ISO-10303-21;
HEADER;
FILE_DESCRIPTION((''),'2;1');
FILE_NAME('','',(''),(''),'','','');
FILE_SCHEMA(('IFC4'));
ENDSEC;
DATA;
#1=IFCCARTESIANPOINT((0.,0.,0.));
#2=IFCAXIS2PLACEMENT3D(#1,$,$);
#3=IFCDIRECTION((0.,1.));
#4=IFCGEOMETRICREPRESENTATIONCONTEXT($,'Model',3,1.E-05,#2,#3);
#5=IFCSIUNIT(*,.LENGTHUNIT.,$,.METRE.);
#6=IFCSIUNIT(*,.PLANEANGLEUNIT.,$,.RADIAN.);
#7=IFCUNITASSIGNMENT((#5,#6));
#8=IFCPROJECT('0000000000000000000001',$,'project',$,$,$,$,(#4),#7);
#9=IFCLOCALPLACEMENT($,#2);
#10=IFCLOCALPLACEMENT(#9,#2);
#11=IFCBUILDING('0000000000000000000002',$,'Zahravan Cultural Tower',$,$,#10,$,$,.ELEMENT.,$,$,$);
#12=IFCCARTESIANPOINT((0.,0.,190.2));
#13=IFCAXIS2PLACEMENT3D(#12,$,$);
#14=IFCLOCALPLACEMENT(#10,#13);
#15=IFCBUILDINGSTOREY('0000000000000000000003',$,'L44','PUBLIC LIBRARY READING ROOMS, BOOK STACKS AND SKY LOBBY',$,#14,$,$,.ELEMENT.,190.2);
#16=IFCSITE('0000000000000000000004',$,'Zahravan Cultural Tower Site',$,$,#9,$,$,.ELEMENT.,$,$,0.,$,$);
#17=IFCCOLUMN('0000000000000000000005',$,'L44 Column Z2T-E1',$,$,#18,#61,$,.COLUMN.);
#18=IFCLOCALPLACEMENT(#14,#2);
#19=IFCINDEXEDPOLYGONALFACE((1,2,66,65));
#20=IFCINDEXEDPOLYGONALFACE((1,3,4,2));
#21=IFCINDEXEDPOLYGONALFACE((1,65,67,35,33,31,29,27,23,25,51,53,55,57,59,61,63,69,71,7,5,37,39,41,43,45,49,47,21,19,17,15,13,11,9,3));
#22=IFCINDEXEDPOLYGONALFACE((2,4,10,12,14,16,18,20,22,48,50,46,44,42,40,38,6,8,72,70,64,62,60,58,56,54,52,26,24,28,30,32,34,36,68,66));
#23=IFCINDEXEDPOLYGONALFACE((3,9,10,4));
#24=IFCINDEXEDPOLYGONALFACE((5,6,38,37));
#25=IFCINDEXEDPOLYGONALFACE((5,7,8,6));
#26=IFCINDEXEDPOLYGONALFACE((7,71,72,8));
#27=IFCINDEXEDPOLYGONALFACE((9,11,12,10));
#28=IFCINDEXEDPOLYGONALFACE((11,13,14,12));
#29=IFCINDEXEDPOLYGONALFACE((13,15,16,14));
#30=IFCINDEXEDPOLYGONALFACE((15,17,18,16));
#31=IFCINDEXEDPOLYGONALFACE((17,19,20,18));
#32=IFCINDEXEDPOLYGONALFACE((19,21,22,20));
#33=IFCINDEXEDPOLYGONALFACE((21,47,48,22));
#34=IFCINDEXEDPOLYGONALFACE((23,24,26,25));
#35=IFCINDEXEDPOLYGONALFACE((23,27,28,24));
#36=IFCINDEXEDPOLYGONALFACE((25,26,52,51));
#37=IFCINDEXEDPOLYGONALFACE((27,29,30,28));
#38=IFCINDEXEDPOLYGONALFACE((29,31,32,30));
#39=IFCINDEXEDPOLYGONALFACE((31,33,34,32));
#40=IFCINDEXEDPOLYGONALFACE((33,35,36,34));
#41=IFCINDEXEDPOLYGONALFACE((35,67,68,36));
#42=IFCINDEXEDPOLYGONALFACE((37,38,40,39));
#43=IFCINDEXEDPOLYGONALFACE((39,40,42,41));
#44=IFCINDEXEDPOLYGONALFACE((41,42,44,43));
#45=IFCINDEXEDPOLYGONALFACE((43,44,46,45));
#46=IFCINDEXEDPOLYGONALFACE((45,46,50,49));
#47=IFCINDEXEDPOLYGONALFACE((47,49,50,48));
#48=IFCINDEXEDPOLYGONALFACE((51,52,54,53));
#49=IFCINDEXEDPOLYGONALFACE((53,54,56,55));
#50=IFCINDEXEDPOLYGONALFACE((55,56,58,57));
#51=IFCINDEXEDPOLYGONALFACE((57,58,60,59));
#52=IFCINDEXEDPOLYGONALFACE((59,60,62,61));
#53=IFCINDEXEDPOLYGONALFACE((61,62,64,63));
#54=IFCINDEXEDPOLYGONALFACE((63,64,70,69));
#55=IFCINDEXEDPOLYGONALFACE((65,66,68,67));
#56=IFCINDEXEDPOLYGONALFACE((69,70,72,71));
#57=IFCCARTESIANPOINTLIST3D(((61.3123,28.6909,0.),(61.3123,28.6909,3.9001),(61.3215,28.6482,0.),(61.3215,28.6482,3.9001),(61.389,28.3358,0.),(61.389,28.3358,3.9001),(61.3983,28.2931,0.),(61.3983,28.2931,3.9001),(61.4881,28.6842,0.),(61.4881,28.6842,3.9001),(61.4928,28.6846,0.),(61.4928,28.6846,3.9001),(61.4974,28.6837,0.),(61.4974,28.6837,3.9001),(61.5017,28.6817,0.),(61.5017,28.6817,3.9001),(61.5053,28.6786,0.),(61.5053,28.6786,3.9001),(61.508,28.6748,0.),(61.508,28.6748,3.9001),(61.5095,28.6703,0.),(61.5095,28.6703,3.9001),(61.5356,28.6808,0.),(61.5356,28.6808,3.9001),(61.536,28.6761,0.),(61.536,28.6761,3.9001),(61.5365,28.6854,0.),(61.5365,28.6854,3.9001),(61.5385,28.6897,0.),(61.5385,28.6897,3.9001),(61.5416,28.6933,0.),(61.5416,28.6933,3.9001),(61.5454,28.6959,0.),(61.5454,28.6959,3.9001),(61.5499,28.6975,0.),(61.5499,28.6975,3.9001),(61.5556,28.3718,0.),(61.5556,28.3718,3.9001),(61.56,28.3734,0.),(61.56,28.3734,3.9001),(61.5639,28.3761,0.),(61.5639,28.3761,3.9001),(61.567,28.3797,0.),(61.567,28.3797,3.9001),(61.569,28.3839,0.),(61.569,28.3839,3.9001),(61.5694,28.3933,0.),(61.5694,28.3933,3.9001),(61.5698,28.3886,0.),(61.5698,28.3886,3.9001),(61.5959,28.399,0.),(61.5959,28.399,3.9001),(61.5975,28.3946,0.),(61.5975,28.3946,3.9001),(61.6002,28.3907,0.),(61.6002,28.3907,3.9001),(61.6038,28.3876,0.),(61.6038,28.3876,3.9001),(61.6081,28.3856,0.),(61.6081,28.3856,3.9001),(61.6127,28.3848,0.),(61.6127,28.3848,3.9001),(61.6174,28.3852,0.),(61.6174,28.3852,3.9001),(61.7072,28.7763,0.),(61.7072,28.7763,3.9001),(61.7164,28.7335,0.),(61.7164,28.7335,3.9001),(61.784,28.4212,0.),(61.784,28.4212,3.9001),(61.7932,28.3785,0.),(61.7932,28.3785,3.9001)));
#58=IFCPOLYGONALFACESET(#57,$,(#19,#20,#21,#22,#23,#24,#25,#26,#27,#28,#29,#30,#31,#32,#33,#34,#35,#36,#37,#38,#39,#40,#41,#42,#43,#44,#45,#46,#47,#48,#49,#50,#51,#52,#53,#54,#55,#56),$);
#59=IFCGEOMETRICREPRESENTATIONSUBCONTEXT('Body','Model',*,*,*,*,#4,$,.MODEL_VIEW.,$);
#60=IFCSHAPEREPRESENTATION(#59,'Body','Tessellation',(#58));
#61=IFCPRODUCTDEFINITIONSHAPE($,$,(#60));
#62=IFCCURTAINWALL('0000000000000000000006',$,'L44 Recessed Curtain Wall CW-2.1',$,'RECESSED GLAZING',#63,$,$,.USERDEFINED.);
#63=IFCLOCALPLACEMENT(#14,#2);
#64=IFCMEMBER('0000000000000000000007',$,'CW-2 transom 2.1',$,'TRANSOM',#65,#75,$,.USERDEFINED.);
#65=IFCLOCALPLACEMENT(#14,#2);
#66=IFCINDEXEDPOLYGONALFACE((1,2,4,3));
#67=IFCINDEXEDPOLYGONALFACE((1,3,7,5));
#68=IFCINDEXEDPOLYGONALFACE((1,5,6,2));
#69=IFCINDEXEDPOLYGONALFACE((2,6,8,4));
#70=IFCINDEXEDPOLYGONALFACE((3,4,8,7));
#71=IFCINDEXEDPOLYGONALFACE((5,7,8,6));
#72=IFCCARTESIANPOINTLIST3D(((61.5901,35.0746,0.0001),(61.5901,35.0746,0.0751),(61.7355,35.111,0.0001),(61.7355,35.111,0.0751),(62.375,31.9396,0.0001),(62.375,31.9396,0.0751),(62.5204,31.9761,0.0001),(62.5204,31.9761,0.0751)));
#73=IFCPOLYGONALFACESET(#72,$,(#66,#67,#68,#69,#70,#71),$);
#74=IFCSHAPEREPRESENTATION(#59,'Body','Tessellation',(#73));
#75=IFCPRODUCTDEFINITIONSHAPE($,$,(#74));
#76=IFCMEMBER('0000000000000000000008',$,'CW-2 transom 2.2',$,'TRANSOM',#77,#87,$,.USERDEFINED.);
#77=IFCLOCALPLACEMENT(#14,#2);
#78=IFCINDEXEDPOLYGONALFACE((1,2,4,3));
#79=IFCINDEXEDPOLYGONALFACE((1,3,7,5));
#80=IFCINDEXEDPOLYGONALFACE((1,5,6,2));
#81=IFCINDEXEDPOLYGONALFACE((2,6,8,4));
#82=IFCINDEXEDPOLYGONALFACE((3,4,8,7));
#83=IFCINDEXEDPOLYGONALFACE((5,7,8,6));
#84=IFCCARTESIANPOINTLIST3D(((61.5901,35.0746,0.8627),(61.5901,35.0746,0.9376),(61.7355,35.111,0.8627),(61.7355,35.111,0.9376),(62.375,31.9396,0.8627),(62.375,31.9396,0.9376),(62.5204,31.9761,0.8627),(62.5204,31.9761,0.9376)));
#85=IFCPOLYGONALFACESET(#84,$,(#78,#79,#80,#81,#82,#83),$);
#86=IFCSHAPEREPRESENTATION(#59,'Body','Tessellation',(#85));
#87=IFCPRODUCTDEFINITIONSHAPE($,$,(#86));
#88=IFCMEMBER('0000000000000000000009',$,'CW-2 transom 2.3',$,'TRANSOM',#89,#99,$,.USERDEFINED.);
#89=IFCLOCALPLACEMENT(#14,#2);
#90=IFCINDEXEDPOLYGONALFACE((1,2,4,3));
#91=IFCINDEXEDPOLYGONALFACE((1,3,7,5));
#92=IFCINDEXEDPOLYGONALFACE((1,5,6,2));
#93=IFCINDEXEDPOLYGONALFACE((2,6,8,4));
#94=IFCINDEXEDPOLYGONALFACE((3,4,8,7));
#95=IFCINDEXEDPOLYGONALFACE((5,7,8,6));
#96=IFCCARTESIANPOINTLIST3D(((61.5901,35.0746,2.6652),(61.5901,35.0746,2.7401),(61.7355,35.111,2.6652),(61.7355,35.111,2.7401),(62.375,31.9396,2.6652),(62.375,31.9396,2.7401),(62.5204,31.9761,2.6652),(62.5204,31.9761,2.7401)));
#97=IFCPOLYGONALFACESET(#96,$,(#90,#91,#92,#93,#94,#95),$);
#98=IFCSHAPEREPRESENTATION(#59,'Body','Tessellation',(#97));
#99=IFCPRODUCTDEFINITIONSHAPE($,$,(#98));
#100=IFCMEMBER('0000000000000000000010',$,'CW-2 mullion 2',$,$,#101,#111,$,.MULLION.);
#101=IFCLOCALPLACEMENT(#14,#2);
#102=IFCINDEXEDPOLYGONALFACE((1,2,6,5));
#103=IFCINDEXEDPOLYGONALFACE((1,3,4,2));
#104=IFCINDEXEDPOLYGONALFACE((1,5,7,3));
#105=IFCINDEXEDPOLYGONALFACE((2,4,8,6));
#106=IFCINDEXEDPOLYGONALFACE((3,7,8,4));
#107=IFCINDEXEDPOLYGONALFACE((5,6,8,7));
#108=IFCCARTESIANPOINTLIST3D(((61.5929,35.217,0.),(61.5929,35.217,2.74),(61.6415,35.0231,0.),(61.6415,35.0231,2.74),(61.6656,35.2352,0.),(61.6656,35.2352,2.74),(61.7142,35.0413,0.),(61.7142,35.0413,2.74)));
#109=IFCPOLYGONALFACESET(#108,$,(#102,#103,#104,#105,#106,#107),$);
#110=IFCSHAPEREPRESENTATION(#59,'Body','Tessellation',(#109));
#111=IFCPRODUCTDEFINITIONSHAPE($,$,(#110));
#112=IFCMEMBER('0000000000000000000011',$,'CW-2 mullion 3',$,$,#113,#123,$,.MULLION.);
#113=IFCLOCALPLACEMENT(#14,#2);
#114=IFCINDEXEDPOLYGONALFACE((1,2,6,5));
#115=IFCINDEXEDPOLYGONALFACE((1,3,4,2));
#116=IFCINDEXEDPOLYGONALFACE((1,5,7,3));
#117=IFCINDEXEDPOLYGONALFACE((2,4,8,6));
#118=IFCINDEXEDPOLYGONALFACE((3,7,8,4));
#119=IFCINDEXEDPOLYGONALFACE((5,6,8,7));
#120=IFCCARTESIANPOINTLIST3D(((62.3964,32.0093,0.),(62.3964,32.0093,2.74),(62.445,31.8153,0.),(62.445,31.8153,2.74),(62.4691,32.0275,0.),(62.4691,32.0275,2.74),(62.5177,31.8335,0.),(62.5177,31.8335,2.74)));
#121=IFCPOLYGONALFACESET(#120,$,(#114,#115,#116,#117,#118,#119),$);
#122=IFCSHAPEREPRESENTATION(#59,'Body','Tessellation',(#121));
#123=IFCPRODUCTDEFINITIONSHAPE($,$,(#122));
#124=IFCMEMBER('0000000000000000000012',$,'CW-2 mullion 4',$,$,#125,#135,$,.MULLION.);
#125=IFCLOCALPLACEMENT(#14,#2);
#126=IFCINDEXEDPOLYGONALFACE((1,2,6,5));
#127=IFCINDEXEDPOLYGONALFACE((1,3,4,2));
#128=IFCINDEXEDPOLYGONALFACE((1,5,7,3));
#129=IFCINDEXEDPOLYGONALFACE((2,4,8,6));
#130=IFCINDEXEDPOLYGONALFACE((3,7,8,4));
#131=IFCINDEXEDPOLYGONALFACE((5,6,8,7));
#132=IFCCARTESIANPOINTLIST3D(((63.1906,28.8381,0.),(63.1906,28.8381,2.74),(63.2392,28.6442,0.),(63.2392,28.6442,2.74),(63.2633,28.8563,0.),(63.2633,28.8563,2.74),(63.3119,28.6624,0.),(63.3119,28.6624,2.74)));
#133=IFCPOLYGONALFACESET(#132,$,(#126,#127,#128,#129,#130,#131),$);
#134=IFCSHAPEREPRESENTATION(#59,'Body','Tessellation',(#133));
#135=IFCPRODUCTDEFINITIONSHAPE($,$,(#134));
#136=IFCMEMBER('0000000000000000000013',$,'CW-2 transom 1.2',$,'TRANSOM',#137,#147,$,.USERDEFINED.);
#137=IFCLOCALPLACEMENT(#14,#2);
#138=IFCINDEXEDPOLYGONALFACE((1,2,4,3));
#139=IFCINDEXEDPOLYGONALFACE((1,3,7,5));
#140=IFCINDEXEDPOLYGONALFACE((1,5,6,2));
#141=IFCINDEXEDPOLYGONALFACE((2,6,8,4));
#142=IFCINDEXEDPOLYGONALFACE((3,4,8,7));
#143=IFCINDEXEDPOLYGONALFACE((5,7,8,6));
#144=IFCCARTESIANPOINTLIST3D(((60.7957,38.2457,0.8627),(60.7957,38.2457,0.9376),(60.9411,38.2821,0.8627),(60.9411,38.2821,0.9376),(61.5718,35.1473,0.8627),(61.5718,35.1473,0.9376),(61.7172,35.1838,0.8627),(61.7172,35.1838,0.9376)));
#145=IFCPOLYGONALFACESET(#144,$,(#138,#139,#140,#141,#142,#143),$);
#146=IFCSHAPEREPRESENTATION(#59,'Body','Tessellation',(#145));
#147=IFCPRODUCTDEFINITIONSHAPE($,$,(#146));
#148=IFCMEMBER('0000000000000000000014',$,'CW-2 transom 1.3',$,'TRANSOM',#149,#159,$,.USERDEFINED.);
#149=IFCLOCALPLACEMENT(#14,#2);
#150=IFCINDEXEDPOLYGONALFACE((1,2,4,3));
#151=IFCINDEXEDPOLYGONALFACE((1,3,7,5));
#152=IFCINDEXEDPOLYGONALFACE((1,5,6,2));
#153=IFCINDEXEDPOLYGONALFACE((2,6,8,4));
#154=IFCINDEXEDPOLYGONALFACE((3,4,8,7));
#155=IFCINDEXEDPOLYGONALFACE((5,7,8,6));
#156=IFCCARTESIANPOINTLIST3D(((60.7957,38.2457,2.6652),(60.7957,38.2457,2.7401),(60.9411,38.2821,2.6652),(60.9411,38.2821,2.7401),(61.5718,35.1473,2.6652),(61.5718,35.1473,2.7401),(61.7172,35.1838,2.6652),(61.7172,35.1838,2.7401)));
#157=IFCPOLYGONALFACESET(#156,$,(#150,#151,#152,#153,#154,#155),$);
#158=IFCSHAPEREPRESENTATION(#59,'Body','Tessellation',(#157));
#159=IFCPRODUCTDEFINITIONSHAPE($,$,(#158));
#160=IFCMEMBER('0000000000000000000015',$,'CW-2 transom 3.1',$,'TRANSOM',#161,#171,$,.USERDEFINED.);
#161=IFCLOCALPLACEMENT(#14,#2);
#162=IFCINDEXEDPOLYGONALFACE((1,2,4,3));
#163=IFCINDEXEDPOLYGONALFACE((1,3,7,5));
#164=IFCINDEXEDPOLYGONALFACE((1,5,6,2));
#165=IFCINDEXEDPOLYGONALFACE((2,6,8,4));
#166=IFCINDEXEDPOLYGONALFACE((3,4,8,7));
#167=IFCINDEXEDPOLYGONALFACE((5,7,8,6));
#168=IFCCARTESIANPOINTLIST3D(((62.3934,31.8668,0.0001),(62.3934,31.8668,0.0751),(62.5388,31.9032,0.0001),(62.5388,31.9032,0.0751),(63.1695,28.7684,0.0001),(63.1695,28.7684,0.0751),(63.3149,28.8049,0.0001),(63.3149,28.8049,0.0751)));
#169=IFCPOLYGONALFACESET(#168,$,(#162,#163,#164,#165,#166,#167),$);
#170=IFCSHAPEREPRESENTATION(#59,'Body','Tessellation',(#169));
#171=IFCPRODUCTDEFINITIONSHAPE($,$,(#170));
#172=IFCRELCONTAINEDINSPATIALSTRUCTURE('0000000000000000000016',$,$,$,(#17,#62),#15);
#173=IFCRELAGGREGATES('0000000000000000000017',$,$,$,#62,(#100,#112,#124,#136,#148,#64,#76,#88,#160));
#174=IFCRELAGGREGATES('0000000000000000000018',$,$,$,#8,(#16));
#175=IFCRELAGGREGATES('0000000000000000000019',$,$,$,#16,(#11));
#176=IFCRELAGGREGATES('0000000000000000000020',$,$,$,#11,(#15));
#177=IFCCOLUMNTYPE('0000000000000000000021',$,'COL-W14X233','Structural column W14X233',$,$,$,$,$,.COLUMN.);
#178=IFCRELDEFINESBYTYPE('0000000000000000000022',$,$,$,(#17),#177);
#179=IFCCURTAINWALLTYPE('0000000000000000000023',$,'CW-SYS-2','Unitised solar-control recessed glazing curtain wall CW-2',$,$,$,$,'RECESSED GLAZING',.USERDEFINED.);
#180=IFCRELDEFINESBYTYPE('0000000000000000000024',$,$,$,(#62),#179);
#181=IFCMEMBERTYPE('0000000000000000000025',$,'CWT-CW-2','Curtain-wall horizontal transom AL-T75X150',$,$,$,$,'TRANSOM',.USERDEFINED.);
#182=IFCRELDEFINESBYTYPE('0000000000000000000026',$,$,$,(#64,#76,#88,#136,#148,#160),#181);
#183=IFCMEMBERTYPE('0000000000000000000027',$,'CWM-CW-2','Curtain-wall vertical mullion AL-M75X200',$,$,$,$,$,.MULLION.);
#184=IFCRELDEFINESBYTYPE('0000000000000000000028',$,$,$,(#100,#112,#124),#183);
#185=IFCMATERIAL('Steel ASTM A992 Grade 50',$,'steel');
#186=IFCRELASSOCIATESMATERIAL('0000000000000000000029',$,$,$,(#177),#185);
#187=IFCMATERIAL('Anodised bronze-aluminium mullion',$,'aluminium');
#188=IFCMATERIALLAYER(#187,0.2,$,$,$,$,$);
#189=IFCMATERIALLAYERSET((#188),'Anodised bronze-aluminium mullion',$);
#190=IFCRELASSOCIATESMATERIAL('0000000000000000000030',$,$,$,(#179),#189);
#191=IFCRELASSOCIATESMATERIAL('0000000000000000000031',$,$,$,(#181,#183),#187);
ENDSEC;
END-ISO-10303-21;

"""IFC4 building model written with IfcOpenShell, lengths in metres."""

from ifc_helpers import new_model, si_unit, direction, frame, origin, origin_2d, place, context, subcontext, project, spatial, rectangle, i_section, extrude, source, transform, mapped, material, layer, layer_set, material_profile, profile_set, type_object, element, aggregate, save


model = new_model("IFC4")

# Units and contexts
model_context = context("Model", 3, precision=1e-05, world=origin(), true_north=direction((0.0, 1.0)))
body_context = subcontext(model_context, "Body", "Model", "MODEL_VIEW")
ifc_project = project(units=[si_unit("LENGTHUNIT", "METRE"), si_unit("PLANEANGLEUNIT", "RADIAN")], contexts=[model_context])

# Site, building, storey
site_placement = place(None, origin())
site = spatial("IfcSite", under=ifc_project, at=site_placement, Name="Zahravan Cultural Tower Site", CompositionType="ELEMENT", RefElevation=0.0)
building_placement = place(site_placement, origin())
building = spatial("IfcBuilding", under=site, at=building_placement, Name="Zahravan Cultural Tower", CompositionType="ELEMENT")
storey_placement = place(building_placement, frame((0.0, 0.0, 190.2)))
storey = spatial("IfcBuildingStorey", under=building, at=storey_placement, Name="L44", Description="PUBLIC LIBRARY READING ROOMS, BOOK STACKS AND SKY LOBBY", CompositionType="ELEMENT", Elevation=190.2)

# Column
ifc_material_1 = material(Name="Steel ASTM A992 Grade 50", Category="steel")
ifc_material_profile_1 = material_profile(ifc_material_1, i_section(OverallWidth=0.4041, OverallDepth=0.407, WebThickness=0.0271, FlangeThickness=0.0437, FilletRadius=0.0181, at=origin_2d()), Name="W14X233")
ifc_profile_set_1 = profile_set([ifc_material_profile_1], Name="Steel ASTM A992 Grade 50")
column_type = type_object("IfcColumnType", Name="COL-W14X233", Description="Structural column W14X233", PredefinedType="COLUMN", material=ifc_profile_set_1)
shared_shape_1 = source(origin(), body_context, "Body", "SweptSolid", [
    extrude(i_section(OverallWidth=0.4041, OverallDepth=0.407, WebThickness=0.0271, FlangeThickness=0.0437, FilletRadius=0.0181, at=origin_2d()), origin(), (0.0, 0.0, 1.0), 3.9001),
])
column_placement = place(storey_placement, frame((61.5527, 28.5347, 0.0), z_axis=(0.0, 0.0, 1.0), x_axis=(0.977416, 0.211325, 0.0)))
element("IfcColumn", 1, at=column_placement, inside=storey, type_object=column_type, Name="L44 Column Z2T-E1", PredefinedType="COLUMN", context=body_context, shape_type="MappedRepresentation", body=[
    mapped(shared_shape_1, transform((0.0, 0.0, 0.0), x_axis=(1.0, 0.0, 0.0), y_axis=(0.0, 1.0, 0.0), z_axis=(0.0, 0.0, 1.0), scale=1.0)),
])

# Curtain wall, members
ifc_material_2 = material(Name="Anodised bronze-aluminium mullion", Category="aluminium")
ifc_layer_1 = layer(ifc_material_2, 0.2)
ifc_layer_set_1 = layer_set([ifc_layer_1], Name="Anodised bronze-aluminium mullion")
curtain_wall_type = type_object("IfcCurtainWallType", Name="CW-SYS-2", Description="Unitised solar-control recessed glazing curtain wall CW-2", ElementType="RECESSED GLAZING", PredefinedType="USERDEFINED", material=ifc_layer_set_1)
curtain_wall_placement = place(storey_placement, origin())
curtain_wall = element("IfcCurtainWall", 2, at=curtain_wall_placement, inside=storey, type_object=curtain_wall_type, Name="L44 Recessed Curtain Wall CW-2.1", ObjectType="RECESSED GLAZING", PredefinedType="USERDEFINED")
ifc_material_profile_2 = material_profile(ifc_material_2, rectangle(XDim=0.1499, YDim=0.075, at=origin_2d()), Name="AL-T75X150")
ifc_profile_set_2 = profile_set([ifc_material_profile_2], Name="Anodised bronze-aluminium mullion")
member_type_1 = type_object("IfcMemberType", Name="CWT-CW-2", Description="Curtain-wall horizontal transom AL-T75X150", ElementType="TRANSOM", PredefinedType="USERDEFINED", material=ifc_profile_set_2)
shared_shape_2 = source(origin(), body_context, "Body", "SweptSolid", [
    extrude(rectangle(XDim=0.1499, YDim=0.075, at=origin_2d()), origin(), (0.0, 0.0, 1.0), 3.2317),
])
member_1_placement = place(storey_placement, frame((61.6628, 35.0928, 0.0376), z_axis=(0.242873, -0.970058, 0.0), x_axis=(0.970058, 0.242873, 0.0)))
member_1 = element("IfcMember", 3, at=member_1_placement, type_object=member_type_1, Name="CW-2 transom 2.1", ObjectType="TRANSOM", PredefinedType="USERDEFINED", context=body_context, shape_type="MappedRepresentation", body=[
    mapped(shared_shape_2, transform((0.0, 0.0, 0.0), x_axis=(1.0, 0.0, 0.0), y_axis=(0.0, 1.0, 0.0), z_axis=(0.0, 0.0, 1.0), scale=1.0)),
])
member_2_placement = place(storey_placement, frame((61.6628, 35.0928, 0.9001), z_axis=(0.242873, -0.970058, 0.0), x_axis=(0.970058, 0.242873, 0.0)))
member_2 = element("IfcMember", 4, at=member_2_placement, type_object=member_type_1, Name="CW-2 transom 2.2", ObjectType="TRANSOM", PredefinedType="USERDEFINED", context=body_context, shape_type="MappedRepresentation", body=[
    mapped(shared_shape_2, transform((0.0, 0.0, 0.0), x_axis=(1.0, 0.0, 0.0), y_axis=(0.0, 1.0, 0.0), z_axis=(0.0, 0.0, 1.0), scale=1.0)),
])
member_3_placement = place(storey_placement, frame((61.6628, 35.0928, 2.7026), z_axis=(0.242873, -0.970058, 0.0), x_axis=(0.970058, 0.242873, 0.0)))
member_3 = element("IfcMember", 5, at=member_3_placement, type_object=member_type_1, Name="CW-2 transom 2.3", ObjectType="TRANSOM", PredefinedType="USERDEFINED", context=body_context, shape_type="MappedRepresentation", body=[
    mapped(shared_shape_2, transform((0.0, 0.0, 0.0), x_axis=(1.0, 0.0, 0.0), y_axis=(0.0, 1.0, 0.0), z_axis=(0.0, 0.0, 1.0), scale=1.0)),
])
ifc_material_profile_3 = material_profile(ifc_material_2, rectangle(XDim=0.075, YDim=0.2, at=origin_2d()), Name="AL-M75X200")
ifc_profile_set_3 = profile_set([ifc_material_profile_3], Name="Anodised bronze-aluminium mullion")
member_type_2 = type_object("IfcMemberType", Name="CWM-CW-2", Description="Curtain-wall vertical mullion AL-M75X200", PredefinedType="MULLION", material=ifc_profile_set_3)
shared_shape_3 = source(origin(), body_context, "Body", "SweptSolid", [
    extrude(rectangle(XDim=0.075, YDim=0.2, at=origin_2d()), origin(), (0.0, 0.0, 1.0), 2.74),
])
member_4_placement = place(storey_placement, frame((61.6536, 35.1292, 0.0), z_axis=(0.0, 0.0, 1.0), x_axis=(0.97004, 0.242944, 0.0)))
member_4 = element("IfcMember", 6, at=member_4_placement, type_object=member_type_2, Name="CW-2 mullion 2", PredefinedType="MULLION", context=body_context, shape_type="MappedRepresentation", body=[
    mapped(shared_shape_3, transform((0.0, 0.0, 0.0), x_axis=(1.0, 0.0, 0.0), y_axis=(0.0, 1.0, 0.0), z_axis=(0.0, 0.0, 1.0), scale=1.0)),
])
member_5_placement = place(storey_placement, frame((62.457, 31.9214, 0.0), z_axis=(0.0, 0.0, 1.0), x_axis=(0.97004, 0.242944, 0.0)))
member_5 = element("IfcMember", 7, at=member_5_placement, type_object=member_type_2, Name="CW-2 mullion 3", PredefinedType="MULLION", context=body_context, shape_type="MappedRepresentation", body=[
    mapped(shared_shape_3, transform((0.0, 0.0, 0.0), x_axis=(1.0, 0.0, 0.0), y_axis=(0.0, 1.0, 0.0), z_axis=(0.0, 0.0, 1.0), scale=1.0)),
])
member_6_placement = place(storey_placement, frame((63.2512, 28.7502, 0.0), z_axis=(0.0, 0.0, 1.0), x_axis=(0.97004, 0.242944, 0.0)))
member_6 = element("IfcMember", 8, at=member_6_placement, type_object=member_type_2, Name="CW-2 mullion 4", PredefinedType="MULLION", context=body_context, shape_type="MappedRepresentation", body=[
    mapped(shared_shape_3, transform((0.0, 0.0, 0.0), x_axis=(1.0, 0.0, 0.0), y_axis=(0.0, 1.0, 0.0), z_axis=(0.0, 0.0, 1.0), scale=1.0)),
])
shared_shape_4 = source(origin(), body_context, "Body", "SweptSolid", [
    extrude(rectangle(XDim=0.1499, YDim=0.075, at=origin_2d()), origin(), (0.0, 0.0, 1.0), 3.1941),
])
member_7_placement = place(storey_placement, frame((60.8684, 38.2639, 0.9001), z_axis=(0.242985, -0.97003, 0.0), x_axis=(0.97003, 0.242985, 0.0)))
member_7 = element("IfcMember", 9, at=member_7_placement, type_object=member_type_1, Name="CW-2 transom 1.2", ObjectType="TRANSOM", PredefinedType="USERDEFINED", context=body_context, shape_type="MappedRepresentation", body=[
    mapped(shared_shape_4, transform((0.0, 0.0, 0.0), x_axis=(1.0, 0.0, 0.0), y_axis=(0.0, 1.0, 0.0), z_axis=(0.0, 0.0, 1.0), scale=1.0)),
])
member_8_placement = place(storey_placement, frame((60.8684, 38.2639, 2.7026), z_axis=(0.242985, -0.97003, 0.0), x_axis=(0.97003, 0.242985, 0.0)))
member_8 = element("IfcMember", 10, at=member_8_placement, type_object=member_type_1, Name="CW-2 transom 1.3", ObjectType="TRANSOM", PredefinedType="USERDEFINED", context=body_context, shape_type="MappedRepresentation", body=[
    mapped(shared_shape_4, transform((0.0, 0.0, 0.0), x_axis=(1.0, 0.0, 0.0), y_axis=(0.0, 1.0, 0.0), z_axis=(0.0, 0.0, 1.0), scale=1.0)),
])
member_9_placement = place(storey_placement, frame((62.4661, 31.885, 0.0376), z_axis=(0.242985, -0.97003, 0.0), x_axis=(0.97003, 0.242985, 0.0)))
member_9 = element("IfcMember", 11, at=member_9_placement, type_object=member_type_1, Name="CW-2 transom 3.1", ObjectType="TRANSOM", PredefinedType="USERDEFINED", context=body_context, shape_type="MappedRepresentation", body=[
    mapped(shared_shape_4, transform((0.0, 0.0, 0.0), x_axis=(1.0, 0.0, 0.0), y_axis=(0.0, 1.0, 0.0), z_axis=(0.0, 0.0, 1.0), scale=1.0)),
])
aggregate(curtain_wall, [member_4, member_5, member_6, member_7, member_8, member_1, member_2, member_3, member_9])

save(model, "model.ifc")
